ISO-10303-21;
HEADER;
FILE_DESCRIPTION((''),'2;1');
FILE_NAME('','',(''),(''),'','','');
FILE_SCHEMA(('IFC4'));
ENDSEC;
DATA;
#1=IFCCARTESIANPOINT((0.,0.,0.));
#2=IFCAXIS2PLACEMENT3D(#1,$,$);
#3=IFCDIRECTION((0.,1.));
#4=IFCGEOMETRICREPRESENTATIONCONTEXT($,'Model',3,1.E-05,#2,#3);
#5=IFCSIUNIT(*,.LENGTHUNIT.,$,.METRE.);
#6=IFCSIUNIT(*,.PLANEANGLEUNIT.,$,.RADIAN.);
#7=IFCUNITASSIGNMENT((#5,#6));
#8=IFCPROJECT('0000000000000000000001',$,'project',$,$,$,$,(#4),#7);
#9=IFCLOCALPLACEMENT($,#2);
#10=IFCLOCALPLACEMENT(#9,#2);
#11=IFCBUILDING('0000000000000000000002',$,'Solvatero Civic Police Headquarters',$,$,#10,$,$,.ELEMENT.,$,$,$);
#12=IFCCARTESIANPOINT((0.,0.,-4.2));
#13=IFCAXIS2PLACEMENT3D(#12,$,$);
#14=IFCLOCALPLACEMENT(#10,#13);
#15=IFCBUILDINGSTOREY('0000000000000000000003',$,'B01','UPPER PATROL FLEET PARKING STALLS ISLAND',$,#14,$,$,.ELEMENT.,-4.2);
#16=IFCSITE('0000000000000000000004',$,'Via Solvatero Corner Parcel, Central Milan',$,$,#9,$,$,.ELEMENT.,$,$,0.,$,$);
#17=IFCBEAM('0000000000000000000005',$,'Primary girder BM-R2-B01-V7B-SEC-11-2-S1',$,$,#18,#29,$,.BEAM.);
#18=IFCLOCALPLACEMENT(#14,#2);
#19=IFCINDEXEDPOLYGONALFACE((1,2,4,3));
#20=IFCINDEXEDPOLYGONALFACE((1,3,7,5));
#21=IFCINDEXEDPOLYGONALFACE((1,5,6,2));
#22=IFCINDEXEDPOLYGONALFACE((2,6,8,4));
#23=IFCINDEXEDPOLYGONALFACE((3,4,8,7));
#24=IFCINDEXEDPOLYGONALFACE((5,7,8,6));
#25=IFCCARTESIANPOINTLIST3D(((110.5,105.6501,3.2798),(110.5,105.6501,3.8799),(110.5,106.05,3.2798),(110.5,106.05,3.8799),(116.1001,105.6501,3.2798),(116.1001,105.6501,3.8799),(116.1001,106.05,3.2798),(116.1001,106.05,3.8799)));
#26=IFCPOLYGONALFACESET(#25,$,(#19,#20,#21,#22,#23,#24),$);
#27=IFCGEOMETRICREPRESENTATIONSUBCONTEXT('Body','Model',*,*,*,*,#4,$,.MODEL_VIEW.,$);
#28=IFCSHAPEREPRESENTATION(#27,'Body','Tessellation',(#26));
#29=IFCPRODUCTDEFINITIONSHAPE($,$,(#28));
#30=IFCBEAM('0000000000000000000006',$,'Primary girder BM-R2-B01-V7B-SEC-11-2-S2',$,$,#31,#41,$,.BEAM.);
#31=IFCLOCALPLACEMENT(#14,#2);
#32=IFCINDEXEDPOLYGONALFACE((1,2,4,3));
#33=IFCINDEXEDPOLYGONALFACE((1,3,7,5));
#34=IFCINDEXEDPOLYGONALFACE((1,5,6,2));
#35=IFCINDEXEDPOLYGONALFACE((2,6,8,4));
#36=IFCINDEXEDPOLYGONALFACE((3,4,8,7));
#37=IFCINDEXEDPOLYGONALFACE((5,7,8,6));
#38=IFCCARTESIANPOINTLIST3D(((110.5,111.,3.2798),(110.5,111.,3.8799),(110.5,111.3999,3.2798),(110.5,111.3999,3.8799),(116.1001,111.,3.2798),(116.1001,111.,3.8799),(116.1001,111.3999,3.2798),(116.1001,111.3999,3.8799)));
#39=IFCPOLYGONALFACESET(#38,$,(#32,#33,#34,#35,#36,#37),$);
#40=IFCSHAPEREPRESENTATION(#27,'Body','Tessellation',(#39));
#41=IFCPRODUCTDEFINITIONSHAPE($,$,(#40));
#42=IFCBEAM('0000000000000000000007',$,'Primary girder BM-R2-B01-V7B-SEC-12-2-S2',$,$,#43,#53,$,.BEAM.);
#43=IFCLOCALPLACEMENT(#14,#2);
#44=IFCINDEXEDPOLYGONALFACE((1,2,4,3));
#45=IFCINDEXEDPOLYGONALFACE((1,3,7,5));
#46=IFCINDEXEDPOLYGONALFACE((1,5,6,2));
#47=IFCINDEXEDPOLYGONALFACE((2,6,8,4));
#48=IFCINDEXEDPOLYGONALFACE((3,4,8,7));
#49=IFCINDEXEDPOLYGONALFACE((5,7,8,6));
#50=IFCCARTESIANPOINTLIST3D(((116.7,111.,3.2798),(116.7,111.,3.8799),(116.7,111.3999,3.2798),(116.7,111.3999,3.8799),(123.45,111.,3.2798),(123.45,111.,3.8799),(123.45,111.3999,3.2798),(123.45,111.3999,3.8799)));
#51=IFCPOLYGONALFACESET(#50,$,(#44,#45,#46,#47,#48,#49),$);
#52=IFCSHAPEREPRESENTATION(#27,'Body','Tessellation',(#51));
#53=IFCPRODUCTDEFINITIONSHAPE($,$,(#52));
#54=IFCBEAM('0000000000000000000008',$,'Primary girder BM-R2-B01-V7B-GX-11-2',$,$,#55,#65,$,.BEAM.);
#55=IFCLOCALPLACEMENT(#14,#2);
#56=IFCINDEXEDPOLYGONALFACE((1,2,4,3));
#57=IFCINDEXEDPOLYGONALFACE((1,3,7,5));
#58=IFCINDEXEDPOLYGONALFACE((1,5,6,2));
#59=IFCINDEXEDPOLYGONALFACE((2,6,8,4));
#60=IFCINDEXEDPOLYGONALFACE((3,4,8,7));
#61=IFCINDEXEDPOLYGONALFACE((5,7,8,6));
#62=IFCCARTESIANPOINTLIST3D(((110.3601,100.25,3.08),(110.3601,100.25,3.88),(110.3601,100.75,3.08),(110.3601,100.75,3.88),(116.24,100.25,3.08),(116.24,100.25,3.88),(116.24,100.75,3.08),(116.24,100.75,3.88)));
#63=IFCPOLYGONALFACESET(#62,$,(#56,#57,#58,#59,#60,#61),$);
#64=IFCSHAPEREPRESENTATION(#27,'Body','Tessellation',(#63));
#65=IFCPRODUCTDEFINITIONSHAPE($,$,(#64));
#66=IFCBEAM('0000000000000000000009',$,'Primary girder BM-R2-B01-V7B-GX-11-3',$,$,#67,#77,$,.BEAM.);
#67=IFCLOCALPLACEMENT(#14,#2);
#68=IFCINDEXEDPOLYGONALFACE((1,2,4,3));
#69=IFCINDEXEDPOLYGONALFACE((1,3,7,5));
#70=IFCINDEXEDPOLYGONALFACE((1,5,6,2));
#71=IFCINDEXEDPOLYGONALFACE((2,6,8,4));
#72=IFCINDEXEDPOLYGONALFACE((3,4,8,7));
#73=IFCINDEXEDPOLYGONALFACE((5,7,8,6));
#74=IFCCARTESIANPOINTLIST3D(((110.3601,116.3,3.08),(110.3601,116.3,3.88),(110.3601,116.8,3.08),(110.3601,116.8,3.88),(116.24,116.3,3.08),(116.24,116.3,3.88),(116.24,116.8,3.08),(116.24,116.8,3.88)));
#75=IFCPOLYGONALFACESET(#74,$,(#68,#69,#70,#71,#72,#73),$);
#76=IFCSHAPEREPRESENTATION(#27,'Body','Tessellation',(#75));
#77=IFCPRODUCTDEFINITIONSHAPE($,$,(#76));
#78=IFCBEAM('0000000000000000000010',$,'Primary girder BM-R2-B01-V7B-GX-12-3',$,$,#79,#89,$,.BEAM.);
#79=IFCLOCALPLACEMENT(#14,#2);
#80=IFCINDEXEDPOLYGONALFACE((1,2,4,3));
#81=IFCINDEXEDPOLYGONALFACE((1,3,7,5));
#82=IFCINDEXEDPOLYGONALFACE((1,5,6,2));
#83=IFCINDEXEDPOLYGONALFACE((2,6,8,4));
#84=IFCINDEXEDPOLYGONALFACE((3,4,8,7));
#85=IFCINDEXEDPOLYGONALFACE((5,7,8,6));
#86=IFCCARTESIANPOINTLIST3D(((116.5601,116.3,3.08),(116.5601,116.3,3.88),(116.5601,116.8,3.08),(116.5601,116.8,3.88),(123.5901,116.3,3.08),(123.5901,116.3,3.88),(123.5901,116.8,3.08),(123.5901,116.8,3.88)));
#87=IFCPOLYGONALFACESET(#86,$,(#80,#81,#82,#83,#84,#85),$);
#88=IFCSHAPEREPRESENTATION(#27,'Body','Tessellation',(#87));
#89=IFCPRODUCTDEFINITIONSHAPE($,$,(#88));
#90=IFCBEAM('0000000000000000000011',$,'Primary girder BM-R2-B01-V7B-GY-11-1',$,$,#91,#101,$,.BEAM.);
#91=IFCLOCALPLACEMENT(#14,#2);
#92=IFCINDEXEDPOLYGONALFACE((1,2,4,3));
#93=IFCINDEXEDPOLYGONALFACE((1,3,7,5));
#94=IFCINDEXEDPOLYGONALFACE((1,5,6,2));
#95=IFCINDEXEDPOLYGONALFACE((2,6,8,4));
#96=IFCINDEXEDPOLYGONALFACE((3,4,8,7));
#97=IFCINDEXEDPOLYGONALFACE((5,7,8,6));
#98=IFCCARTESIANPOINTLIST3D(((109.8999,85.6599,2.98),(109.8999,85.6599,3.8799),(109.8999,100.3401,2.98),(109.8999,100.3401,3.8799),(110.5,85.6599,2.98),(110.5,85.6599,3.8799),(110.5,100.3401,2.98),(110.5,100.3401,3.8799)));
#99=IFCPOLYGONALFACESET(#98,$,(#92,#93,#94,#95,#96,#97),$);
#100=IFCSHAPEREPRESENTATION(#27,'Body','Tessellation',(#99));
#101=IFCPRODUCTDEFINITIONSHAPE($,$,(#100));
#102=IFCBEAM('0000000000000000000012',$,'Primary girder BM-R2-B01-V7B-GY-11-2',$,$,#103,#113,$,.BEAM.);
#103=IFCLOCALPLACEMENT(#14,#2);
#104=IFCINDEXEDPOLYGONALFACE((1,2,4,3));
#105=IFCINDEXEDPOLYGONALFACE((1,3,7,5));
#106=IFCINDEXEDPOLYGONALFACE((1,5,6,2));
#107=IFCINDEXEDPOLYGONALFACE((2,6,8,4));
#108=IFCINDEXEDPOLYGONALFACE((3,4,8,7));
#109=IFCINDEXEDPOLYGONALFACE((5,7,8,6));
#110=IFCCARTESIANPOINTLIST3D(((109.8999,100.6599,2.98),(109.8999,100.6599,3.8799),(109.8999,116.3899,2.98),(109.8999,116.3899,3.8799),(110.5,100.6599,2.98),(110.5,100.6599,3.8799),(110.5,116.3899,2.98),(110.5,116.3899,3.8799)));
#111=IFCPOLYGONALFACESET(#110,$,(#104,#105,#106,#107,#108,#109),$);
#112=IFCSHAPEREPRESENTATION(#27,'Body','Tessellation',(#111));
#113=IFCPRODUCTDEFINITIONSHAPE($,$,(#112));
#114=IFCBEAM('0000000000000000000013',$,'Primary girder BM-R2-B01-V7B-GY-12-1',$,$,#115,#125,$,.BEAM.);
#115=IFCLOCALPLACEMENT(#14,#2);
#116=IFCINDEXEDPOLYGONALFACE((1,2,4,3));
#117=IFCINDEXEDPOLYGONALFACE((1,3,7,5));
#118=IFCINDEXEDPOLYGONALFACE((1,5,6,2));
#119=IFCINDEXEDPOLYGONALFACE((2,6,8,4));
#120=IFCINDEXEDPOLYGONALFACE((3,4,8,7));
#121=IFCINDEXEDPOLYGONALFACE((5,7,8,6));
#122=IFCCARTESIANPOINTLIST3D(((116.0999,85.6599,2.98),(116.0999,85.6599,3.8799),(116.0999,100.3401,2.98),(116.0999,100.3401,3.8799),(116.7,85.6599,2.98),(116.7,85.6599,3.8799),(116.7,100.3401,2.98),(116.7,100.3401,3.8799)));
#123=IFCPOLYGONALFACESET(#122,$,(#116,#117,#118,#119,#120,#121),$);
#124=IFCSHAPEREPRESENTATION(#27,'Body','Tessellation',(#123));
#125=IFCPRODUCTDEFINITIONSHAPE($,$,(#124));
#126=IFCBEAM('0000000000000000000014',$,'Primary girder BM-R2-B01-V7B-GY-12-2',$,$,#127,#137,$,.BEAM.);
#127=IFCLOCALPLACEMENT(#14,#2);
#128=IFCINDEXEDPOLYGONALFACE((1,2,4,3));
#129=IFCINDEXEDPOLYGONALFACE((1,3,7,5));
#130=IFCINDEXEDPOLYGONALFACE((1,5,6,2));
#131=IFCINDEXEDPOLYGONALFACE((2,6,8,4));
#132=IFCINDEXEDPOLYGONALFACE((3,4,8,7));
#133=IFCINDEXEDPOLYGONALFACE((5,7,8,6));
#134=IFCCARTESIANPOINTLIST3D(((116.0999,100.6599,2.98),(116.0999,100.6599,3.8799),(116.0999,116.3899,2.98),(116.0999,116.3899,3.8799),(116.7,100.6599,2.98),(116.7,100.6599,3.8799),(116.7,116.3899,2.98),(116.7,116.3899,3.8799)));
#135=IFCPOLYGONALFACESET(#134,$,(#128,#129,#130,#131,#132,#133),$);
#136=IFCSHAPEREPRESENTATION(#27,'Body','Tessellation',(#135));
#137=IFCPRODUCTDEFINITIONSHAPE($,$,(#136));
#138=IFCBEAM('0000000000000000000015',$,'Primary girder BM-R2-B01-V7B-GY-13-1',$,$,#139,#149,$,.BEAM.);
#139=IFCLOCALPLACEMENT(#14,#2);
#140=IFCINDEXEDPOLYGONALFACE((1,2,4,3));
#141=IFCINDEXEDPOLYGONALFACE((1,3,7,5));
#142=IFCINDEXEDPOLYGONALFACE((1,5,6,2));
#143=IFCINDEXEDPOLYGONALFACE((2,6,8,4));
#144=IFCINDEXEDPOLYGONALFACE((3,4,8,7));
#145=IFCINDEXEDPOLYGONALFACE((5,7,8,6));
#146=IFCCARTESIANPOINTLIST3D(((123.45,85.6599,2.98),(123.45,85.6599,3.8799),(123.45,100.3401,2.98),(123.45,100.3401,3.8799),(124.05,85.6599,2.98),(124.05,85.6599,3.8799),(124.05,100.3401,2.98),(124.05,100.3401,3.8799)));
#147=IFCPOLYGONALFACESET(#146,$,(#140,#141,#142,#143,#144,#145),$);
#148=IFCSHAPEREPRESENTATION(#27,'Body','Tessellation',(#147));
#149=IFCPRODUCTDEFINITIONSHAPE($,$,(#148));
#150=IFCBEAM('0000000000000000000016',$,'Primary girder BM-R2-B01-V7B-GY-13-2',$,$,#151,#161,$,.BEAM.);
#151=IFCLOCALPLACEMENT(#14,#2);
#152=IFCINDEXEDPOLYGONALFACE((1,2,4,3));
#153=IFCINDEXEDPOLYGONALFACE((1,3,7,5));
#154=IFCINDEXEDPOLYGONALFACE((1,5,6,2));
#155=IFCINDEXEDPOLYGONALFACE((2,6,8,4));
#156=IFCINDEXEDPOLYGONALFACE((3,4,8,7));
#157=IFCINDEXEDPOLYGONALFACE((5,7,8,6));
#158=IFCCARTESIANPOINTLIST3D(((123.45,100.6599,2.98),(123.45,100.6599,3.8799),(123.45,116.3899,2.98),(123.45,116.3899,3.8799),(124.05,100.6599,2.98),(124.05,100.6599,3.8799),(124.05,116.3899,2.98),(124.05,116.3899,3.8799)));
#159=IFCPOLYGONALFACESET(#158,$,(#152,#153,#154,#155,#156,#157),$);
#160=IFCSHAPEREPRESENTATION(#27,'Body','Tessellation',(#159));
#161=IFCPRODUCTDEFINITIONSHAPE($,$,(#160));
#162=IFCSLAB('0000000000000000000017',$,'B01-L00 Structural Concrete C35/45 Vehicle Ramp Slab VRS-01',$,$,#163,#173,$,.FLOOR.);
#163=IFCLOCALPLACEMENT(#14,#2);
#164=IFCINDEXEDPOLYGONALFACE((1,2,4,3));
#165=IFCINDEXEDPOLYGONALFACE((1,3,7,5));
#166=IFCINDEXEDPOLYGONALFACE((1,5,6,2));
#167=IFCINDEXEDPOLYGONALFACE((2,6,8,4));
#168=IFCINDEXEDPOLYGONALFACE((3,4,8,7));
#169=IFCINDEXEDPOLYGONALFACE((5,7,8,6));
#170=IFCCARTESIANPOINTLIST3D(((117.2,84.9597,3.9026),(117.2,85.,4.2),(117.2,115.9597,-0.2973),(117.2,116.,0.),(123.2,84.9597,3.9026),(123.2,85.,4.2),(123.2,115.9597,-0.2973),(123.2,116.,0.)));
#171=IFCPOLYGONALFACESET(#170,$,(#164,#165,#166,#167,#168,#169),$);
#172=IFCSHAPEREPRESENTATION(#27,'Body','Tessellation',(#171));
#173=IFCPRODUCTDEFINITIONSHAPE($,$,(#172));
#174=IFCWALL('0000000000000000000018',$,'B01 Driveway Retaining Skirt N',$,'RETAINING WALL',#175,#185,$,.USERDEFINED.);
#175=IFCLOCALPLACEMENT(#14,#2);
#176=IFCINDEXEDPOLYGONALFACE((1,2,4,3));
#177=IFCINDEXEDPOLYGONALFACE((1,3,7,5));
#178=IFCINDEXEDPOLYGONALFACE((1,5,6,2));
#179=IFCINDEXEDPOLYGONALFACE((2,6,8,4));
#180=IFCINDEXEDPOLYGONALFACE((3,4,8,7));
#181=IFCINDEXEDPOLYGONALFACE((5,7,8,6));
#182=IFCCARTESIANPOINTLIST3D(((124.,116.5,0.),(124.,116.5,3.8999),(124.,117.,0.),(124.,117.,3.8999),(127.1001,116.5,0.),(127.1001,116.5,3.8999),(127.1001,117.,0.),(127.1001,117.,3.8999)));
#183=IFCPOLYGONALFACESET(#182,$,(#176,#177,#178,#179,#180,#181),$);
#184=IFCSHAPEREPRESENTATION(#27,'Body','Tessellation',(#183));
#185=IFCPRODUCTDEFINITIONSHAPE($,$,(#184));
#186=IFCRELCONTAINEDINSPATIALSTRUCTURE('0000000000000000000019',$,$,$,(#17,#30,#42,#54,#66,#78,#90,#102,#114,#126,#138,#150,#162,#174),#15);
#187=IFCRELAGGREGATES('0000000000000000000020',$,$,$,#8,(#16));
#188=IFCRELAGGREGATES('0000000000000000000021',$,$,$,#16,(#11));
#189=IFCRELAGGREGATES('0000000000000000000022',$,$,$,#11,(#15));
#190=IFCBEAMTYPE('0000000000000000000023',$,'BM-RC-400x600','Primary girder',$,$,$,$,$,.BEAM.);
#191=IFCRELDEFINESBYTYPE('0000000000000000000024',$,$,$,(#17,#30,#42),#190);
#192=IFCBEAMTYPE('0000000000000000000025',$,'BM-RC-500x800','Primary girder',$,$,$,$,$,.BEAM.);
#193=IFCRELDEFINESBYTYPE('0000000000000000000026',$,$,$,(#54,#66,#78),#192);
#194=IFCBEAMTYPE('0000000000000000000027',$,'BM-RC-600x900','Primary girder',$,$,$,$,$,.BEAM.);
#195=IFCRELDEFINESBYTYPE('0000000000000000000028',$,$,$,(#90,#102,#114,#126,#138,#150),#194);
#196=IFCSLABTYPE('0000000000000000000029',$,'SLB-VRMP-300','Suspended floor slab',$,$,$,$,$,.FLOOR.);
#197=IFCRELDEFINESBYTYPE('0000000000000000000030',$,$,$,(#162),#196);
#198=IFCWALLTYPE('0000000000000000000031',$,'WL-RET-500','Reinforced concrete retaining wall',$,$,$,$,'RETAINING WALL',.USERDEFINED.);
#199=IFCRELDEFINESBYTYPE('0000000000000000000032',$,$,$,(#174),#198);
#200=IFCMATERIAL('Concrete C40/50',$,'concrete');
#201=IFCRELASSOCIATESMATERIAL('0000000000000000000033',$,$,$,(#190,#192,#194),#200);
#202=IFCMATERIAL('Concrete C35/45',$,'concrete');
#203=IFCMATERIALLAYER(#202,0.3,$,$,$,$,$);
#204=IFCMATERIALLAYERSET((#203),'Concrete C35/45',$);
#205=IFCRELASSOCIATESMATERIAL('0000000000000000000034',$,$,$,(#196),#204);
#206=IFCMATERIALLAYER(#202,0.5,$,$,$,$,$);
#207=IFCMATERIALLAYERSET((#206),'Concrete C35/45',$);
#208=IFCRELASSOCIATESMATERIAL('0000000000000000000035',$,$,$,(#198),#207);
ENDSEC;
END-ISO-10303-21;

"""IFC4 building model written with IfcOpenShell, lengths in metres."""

from ifc_helpers import new_model, si_unit, direction, frame, frame_2d, origin, origin_2d, place, context, subcontext, project, spatial, polyline, rectangle, outline, extrude, material, layer, layer_set, material_profile, profile_set, type_object, element, save


model = new_model("IFC4")

# Units and contexts
model_context = context("Model", 3, precision=1e-05, world=origin(), true_north=direction((0.0, 1.0)))
body_context = subcontext(model_context, "Body", "Model", "MODEL_VIEW")
ifc_project = project(units=[si_unit("LENGTHUNIT", "METRE"), si_unit("PLANEANGLEUNIT", "RADIAN")], contexts=[model_context])

# Site, building, storey
site_placement = place(None, origin())
site = spatial("IfcSite", under=ifc_project, at=site_placement, Name="Via Solvatero Corner Parcel, Central Milan", CompositionType="ELEMENT", RefElevation=0.0)
building_placement = place(site_placement, origin())
building = spatial("IfcBuilding", under=site, at=building_placement, Name="Solvatero Civic Police Headquarters", CompositionType="ELEMENT")
storey_placement = place(building_placement, frame((0.0, 0.0, -4.2)))
storey = spatial("IfcBuildingStorey", under=building, at=storey_placement, Name="B01", Description="UPPER PATROL FLEET PARKING STALLS ISLAND", CompositionType="ELEMENT", Elevation=-4.2)

# Shared definitions
ifc_material_1 = material(Name="Concrete C40/50", Category="concrete")

# Beams
ifc_material_profile_1 = material_profile(ifc_material_1, rectangle(XDim=0.3999, YDim=0.6001, at=origin_2d()), Name="RC 400x600")
ifc_profile_set_1 = profile_set([ifc_material_profile_1], Name="Concrete C40/50")
beam_type_1 = type_object("IfcBeamType", Name="BM-RC-400x600", Description="Primary girder", PredefinedType="BEAM", material=ifc_profile_set_1)
for number, where, z_axis, x_axis, name in (
    (1, (110.5, 105.8501, 3.5798), (1.0, 0.0, 0.0), (0.0, 1.0, 0.0), "Primary girder BM-R2-B01-V7B-SEC-11-2-S1"),
    (2, (110.5, 111.2, 3.5798), (1.0, 0.0, 0.0), (0.0, 1.0, 0.0), "Primary girder BM-R2-B01-V7B-SEC-11-2-S2"),
):
    element("IfcBeam", number, at=place(storey_placement, frame(where, z_axis=z_axis, x_axis=x_axis)), inside=storey, type_object=beam_type_1, Name=name, PredefinedType="BEAM", context=body_context, shape_type="SweptSolid", body=[
        extrude(rectangle(XDim=0.3999, YDim=0.6001, at=origin_2d()), origin(), (0.0, 0.0, 1.0), 5.6001),
    ])
beam_1_placement = place(storey_placement, frame((116.7, 111.2, 3.5798), z_axis=(1.0, 0.0, 0.0), x_axis=(0.0, 1.0, 0.0)))
element("IfcBeam", 3, at=beam_1_placement, inside=storey, type_object=beam_type_1, Name="Primary girder BM-R2-B01-V7B-SEC-12-2-S2", PredefinedType="BEAM", context=body_context, shape_type="SweptSolid", body=[
    extrude(rectangle(XDim=0.3999, YDim=0.6001, at=origin_2d()), origin(), (0.0, 0.0, 1.0), 6.75),
])
ifc_material_profile_2 = material_profile(ifc_material_1, rectangle(XDim=0.5, YDim=0.8, at=origin_2d()), Name="RC 500x800")
ifc_profile_set_2 = profile_set([ifc_material_profile_2], Name="Concrete C40/50")
beam_type_2 = type_object("IfcBeamType", Name="BM-RC-500x800", Description="Primary girder", PredefinedType="BEAM", material=ifc_profile_set_2)
for number, where, z_axis, x_axis, name in (
    (4, (110.3601, 100.5, 3.48), (1.0, 0.0, 0.0), (0.0, 1.0, 0.0), "Primary girder BM-R2-B01-V7B-GX-11-2"),
    (5, (110.3601, 116.55, 3.48), (1.0, 0.0, 0.0), (0.0, 1.0, 0.0), "Primary girder BM-R2-B01-V7B-GX-11-3"),
):
    element("IfcBeam", number, at=place(storey_placement, frame(where, z_axis=z_axis, x_axis=x_axis)), inside=storey, type_object=beam_type_2, Name=name, PredefinedType="BEAM", context=body_context, shape_type="SweptSolid", body=[
        extrude(rectangle(XDim=0.5, YDim=0.8, at=origin_2d()), origin(), (0.0, 0.0, 1.0), 5.8799),
    ])
beam_2_placement = place(storey_placement, frame((116.5601, 116.55, 3.48), z_axis=(1.0, 0.0, 0.0), x_axis=(0.0, 1.0, 0.0)))
element("IfcBeam", 6, at=beam_2_placement, inside=storey, type_object=beam_type_2, Name="Primary girder BM-R2-B01-V7B-GX-12-3", PredefinedType="BEAM", context=body_context, shape_type="SweptSolid", body=[
    extrude(rectangle(XDim=0.5, YDim=0.8, at=origin_2d()), origin(), (0.0, 0.0, 1.0), 7.03),
])
ifc_material_profile_3 = material_profile(ifc_material_1, rectangle(XDim=0.6001, YDim=0.8999, at=origin_2d()), Name="RC 600x900")
ifc_profile_set_3 = profile_set([ifc_material_profile_3], Name="Concrete C40/50")
beam_type_3 = type_object("IfcBeamType", Name="BM-RC-600x900", Description="Primary girder", PredefinedType="BEAM", material=ifc_profile_set_3)
beam_3_placement = place(storey_placement, frame((110.2, 85.6599, 3.4299), z_axis=(0.0, 1.0, 0.0), x_axis=(-1.0, 0.0, 0.0)))
element("IfcBeam", 7, at=beam_3_placement, inside=storey, type_object=beam_type_3, Name="Primary girder BM-R2-B01-V7B-GY-11-1", PredefinedType="BEAM", context=body_context, shape_type="SweptSolid", body=[
    extrude(rectangle(XDim=0.6001, YDim=0.8999, at=origin_2d()), origin(), (0.0, 0.0, 1.0), 14.6802),
])
beam_4_placement = place(storey_placement, frame((110.2, 100.6599, 3.4299), z_axis=(0.0, 1.0, 0.0), x_axis=(-1.0, 0.0, 0.0)))
element("IfcBeam", 8, at=beam_4_placement, inside=storey, type_object=beam_type_3, Name="Primary girder BM-R2-B01-V7B-GY-11-2", PredefinedType="BEAM", context=body_context, shape_type="SweptSolid", body=[
    extrude(rectangle(XDim=0.6001, YDim=0.8999, at=origin_2d()), origin(), (0.0, 0.0, 1.0), 15.73),
])
beam_5_placement = place(storey_placement, frame((116.3999, 85.6599, 3.4299), z_axis=(0.0, 1.0, 0.0), x_axis=(-1.0, 0.0, 0.0)))
element("IfcBeam", 9, at=beam_5_placement, inside=storey, type_object=beam_type_3, Name="Primary girder BM-R2-B01-V7B-GY-12-1", PredefinedType="BEAM", context=body_context, shape_type="SweptSolid", body=[
    extrude(rectangle(XDim=0.6001, YDim=0.8999, at=origin_2d()), origin(), (0.0, 0.0, 1.0), 14.6802),
])
beam_6_placement = place(storey_placement, frame((116.3999, 100.6599, 3.4299), z_axis=(0.0, 1.0, 0.0), x_axis=(-1.0, 0.0, 0.0)))
element("IfcBeam", 10, at=beam_6_placement, inside=storey, type_object=beam_type_3, Name="Primary girder BM-R2-B01-V7B-GY-12-2", PredefinedType="BEAM", context=body_context, shape_type="SweptSolid", body=[
    extrude(rectangle(XDim=0.6001, YDim=0.8999, at=origin_2d()), origin(), (0.0, 0.0, 1.0), 15.73),
])
beam_7_placement = place(storey_placement, frame((123.75, 85.6599, 3.4299), z_axis=(0.0, 1.0, 0.0), x_axis=(-1.0, 0.0, 0.0)))
element("IfcBeam", 11, at=beam_7_placement, inside=storey, type_object=beam_type_3, Name="Primary girder BM-R2-B01-V7B-GY-13-1", PredefinedType="BEAM", context=body_context, shape_type="SweptSolid", body=[
    extrude(rectangle(XDim=0.6001, YDim=0.8999, at=origin_2d()), origin(), (0.0, 0.0, 1.0), 14.6802),
])
beam_8_placement = place(storey_placement, frame((123.75, 100.6599, 3.4299), z_axis=(0.0, 1.0, 0.0), x_axis=(-1.0, 0.0, 0.0)))
element("IfcBeam", 12, at=beam_8_placement, inside=storey, type_object=beam_type_3, Name="Primary girder BM-R2-B01-V7B-GY-13-2", PredefinedType="BEAM", context=body_context, shape_type="SweptSolid", body=[
    extrude(rectangle(XDim=0.6001, YDim=0.8999, at=origin_2d()), origin(), (0.0, 0.0, 1.0), 15.73),
])

# Slab
ifc_material_2 = material(Name="Concrete C35/45", Category="concrete")
ifc_layer_1 = layer(ifc_material_2, 0.3)
ifc_layer_set_1 = layer_set([ifc_layer_1], Name="Concrete C35/45")
slab_type = type_object("IfcSlabType", Name="SLB-VRMP-300", Description="Suspended floor slab", PredefinedType="FLOOR", material=ifc_layer_set_1)
slab_placement = place(storey_placement, frame((123.2, 116.0, 0.0), z_axis=(0.0, 0.134256, 0.990947), x_axis=(-1.0, 0.0, 0.0)))
element("IfcSlab", 13, at=slab_placement, inside=storey, type_object=slab_type, Name="B01-L00 Structural Concrete C35/45 Vehicle Ramp Slab VRS-01", PredefinedType="FLOOR", context=body_context, shape_type="SweptSolid", body=[
    extrude(outline(polyline([(0.0, 0.0), (6.0, 0.0), (6.0, 31.2832), (0.0, 31.2832), (0.0, 0.0)])), origin(), (0.0, 0.0, -1.0), 0.3),
])

# Wall
ifc_layer_2 = layer(ifc_material_2, 0.5)
ifc_layer_set_2 = layer_set([ifc_layer_2], Name="Concrete C35/45")
wall_type = type_object("IfcWallType", Name="WL-RET-500", Description="Reinforced concrete retaining wall", ElementType="RETAINING WALL", PredefinedType="USERDEFINED", material=ifc_layer_set_2)
wall_placement = place(storey_placement, frame((124.0, 116.75, 0.0), z_axis=(0.0, 0.0, 1.0), x_axis=(1.0, 0.0, 0.0)))
element("IfcWall", 14, at=wall_placement, inside=storey, type_object=wall_type, Name="B01 Driveway Retaining Skirt N", ObjectType="RETAINING WALL", PredefinedType="USERDEFINED", context=body_context, shape_type="SweptSolid", body=[
    extrude(rectangle(XDim=3.1001, YDim=0.5, at=frame_2d((1.55, 0.0))), origin(), (0.0, 0.0, 1.0), 3.8999),
])

save(model, "model.ifc")
